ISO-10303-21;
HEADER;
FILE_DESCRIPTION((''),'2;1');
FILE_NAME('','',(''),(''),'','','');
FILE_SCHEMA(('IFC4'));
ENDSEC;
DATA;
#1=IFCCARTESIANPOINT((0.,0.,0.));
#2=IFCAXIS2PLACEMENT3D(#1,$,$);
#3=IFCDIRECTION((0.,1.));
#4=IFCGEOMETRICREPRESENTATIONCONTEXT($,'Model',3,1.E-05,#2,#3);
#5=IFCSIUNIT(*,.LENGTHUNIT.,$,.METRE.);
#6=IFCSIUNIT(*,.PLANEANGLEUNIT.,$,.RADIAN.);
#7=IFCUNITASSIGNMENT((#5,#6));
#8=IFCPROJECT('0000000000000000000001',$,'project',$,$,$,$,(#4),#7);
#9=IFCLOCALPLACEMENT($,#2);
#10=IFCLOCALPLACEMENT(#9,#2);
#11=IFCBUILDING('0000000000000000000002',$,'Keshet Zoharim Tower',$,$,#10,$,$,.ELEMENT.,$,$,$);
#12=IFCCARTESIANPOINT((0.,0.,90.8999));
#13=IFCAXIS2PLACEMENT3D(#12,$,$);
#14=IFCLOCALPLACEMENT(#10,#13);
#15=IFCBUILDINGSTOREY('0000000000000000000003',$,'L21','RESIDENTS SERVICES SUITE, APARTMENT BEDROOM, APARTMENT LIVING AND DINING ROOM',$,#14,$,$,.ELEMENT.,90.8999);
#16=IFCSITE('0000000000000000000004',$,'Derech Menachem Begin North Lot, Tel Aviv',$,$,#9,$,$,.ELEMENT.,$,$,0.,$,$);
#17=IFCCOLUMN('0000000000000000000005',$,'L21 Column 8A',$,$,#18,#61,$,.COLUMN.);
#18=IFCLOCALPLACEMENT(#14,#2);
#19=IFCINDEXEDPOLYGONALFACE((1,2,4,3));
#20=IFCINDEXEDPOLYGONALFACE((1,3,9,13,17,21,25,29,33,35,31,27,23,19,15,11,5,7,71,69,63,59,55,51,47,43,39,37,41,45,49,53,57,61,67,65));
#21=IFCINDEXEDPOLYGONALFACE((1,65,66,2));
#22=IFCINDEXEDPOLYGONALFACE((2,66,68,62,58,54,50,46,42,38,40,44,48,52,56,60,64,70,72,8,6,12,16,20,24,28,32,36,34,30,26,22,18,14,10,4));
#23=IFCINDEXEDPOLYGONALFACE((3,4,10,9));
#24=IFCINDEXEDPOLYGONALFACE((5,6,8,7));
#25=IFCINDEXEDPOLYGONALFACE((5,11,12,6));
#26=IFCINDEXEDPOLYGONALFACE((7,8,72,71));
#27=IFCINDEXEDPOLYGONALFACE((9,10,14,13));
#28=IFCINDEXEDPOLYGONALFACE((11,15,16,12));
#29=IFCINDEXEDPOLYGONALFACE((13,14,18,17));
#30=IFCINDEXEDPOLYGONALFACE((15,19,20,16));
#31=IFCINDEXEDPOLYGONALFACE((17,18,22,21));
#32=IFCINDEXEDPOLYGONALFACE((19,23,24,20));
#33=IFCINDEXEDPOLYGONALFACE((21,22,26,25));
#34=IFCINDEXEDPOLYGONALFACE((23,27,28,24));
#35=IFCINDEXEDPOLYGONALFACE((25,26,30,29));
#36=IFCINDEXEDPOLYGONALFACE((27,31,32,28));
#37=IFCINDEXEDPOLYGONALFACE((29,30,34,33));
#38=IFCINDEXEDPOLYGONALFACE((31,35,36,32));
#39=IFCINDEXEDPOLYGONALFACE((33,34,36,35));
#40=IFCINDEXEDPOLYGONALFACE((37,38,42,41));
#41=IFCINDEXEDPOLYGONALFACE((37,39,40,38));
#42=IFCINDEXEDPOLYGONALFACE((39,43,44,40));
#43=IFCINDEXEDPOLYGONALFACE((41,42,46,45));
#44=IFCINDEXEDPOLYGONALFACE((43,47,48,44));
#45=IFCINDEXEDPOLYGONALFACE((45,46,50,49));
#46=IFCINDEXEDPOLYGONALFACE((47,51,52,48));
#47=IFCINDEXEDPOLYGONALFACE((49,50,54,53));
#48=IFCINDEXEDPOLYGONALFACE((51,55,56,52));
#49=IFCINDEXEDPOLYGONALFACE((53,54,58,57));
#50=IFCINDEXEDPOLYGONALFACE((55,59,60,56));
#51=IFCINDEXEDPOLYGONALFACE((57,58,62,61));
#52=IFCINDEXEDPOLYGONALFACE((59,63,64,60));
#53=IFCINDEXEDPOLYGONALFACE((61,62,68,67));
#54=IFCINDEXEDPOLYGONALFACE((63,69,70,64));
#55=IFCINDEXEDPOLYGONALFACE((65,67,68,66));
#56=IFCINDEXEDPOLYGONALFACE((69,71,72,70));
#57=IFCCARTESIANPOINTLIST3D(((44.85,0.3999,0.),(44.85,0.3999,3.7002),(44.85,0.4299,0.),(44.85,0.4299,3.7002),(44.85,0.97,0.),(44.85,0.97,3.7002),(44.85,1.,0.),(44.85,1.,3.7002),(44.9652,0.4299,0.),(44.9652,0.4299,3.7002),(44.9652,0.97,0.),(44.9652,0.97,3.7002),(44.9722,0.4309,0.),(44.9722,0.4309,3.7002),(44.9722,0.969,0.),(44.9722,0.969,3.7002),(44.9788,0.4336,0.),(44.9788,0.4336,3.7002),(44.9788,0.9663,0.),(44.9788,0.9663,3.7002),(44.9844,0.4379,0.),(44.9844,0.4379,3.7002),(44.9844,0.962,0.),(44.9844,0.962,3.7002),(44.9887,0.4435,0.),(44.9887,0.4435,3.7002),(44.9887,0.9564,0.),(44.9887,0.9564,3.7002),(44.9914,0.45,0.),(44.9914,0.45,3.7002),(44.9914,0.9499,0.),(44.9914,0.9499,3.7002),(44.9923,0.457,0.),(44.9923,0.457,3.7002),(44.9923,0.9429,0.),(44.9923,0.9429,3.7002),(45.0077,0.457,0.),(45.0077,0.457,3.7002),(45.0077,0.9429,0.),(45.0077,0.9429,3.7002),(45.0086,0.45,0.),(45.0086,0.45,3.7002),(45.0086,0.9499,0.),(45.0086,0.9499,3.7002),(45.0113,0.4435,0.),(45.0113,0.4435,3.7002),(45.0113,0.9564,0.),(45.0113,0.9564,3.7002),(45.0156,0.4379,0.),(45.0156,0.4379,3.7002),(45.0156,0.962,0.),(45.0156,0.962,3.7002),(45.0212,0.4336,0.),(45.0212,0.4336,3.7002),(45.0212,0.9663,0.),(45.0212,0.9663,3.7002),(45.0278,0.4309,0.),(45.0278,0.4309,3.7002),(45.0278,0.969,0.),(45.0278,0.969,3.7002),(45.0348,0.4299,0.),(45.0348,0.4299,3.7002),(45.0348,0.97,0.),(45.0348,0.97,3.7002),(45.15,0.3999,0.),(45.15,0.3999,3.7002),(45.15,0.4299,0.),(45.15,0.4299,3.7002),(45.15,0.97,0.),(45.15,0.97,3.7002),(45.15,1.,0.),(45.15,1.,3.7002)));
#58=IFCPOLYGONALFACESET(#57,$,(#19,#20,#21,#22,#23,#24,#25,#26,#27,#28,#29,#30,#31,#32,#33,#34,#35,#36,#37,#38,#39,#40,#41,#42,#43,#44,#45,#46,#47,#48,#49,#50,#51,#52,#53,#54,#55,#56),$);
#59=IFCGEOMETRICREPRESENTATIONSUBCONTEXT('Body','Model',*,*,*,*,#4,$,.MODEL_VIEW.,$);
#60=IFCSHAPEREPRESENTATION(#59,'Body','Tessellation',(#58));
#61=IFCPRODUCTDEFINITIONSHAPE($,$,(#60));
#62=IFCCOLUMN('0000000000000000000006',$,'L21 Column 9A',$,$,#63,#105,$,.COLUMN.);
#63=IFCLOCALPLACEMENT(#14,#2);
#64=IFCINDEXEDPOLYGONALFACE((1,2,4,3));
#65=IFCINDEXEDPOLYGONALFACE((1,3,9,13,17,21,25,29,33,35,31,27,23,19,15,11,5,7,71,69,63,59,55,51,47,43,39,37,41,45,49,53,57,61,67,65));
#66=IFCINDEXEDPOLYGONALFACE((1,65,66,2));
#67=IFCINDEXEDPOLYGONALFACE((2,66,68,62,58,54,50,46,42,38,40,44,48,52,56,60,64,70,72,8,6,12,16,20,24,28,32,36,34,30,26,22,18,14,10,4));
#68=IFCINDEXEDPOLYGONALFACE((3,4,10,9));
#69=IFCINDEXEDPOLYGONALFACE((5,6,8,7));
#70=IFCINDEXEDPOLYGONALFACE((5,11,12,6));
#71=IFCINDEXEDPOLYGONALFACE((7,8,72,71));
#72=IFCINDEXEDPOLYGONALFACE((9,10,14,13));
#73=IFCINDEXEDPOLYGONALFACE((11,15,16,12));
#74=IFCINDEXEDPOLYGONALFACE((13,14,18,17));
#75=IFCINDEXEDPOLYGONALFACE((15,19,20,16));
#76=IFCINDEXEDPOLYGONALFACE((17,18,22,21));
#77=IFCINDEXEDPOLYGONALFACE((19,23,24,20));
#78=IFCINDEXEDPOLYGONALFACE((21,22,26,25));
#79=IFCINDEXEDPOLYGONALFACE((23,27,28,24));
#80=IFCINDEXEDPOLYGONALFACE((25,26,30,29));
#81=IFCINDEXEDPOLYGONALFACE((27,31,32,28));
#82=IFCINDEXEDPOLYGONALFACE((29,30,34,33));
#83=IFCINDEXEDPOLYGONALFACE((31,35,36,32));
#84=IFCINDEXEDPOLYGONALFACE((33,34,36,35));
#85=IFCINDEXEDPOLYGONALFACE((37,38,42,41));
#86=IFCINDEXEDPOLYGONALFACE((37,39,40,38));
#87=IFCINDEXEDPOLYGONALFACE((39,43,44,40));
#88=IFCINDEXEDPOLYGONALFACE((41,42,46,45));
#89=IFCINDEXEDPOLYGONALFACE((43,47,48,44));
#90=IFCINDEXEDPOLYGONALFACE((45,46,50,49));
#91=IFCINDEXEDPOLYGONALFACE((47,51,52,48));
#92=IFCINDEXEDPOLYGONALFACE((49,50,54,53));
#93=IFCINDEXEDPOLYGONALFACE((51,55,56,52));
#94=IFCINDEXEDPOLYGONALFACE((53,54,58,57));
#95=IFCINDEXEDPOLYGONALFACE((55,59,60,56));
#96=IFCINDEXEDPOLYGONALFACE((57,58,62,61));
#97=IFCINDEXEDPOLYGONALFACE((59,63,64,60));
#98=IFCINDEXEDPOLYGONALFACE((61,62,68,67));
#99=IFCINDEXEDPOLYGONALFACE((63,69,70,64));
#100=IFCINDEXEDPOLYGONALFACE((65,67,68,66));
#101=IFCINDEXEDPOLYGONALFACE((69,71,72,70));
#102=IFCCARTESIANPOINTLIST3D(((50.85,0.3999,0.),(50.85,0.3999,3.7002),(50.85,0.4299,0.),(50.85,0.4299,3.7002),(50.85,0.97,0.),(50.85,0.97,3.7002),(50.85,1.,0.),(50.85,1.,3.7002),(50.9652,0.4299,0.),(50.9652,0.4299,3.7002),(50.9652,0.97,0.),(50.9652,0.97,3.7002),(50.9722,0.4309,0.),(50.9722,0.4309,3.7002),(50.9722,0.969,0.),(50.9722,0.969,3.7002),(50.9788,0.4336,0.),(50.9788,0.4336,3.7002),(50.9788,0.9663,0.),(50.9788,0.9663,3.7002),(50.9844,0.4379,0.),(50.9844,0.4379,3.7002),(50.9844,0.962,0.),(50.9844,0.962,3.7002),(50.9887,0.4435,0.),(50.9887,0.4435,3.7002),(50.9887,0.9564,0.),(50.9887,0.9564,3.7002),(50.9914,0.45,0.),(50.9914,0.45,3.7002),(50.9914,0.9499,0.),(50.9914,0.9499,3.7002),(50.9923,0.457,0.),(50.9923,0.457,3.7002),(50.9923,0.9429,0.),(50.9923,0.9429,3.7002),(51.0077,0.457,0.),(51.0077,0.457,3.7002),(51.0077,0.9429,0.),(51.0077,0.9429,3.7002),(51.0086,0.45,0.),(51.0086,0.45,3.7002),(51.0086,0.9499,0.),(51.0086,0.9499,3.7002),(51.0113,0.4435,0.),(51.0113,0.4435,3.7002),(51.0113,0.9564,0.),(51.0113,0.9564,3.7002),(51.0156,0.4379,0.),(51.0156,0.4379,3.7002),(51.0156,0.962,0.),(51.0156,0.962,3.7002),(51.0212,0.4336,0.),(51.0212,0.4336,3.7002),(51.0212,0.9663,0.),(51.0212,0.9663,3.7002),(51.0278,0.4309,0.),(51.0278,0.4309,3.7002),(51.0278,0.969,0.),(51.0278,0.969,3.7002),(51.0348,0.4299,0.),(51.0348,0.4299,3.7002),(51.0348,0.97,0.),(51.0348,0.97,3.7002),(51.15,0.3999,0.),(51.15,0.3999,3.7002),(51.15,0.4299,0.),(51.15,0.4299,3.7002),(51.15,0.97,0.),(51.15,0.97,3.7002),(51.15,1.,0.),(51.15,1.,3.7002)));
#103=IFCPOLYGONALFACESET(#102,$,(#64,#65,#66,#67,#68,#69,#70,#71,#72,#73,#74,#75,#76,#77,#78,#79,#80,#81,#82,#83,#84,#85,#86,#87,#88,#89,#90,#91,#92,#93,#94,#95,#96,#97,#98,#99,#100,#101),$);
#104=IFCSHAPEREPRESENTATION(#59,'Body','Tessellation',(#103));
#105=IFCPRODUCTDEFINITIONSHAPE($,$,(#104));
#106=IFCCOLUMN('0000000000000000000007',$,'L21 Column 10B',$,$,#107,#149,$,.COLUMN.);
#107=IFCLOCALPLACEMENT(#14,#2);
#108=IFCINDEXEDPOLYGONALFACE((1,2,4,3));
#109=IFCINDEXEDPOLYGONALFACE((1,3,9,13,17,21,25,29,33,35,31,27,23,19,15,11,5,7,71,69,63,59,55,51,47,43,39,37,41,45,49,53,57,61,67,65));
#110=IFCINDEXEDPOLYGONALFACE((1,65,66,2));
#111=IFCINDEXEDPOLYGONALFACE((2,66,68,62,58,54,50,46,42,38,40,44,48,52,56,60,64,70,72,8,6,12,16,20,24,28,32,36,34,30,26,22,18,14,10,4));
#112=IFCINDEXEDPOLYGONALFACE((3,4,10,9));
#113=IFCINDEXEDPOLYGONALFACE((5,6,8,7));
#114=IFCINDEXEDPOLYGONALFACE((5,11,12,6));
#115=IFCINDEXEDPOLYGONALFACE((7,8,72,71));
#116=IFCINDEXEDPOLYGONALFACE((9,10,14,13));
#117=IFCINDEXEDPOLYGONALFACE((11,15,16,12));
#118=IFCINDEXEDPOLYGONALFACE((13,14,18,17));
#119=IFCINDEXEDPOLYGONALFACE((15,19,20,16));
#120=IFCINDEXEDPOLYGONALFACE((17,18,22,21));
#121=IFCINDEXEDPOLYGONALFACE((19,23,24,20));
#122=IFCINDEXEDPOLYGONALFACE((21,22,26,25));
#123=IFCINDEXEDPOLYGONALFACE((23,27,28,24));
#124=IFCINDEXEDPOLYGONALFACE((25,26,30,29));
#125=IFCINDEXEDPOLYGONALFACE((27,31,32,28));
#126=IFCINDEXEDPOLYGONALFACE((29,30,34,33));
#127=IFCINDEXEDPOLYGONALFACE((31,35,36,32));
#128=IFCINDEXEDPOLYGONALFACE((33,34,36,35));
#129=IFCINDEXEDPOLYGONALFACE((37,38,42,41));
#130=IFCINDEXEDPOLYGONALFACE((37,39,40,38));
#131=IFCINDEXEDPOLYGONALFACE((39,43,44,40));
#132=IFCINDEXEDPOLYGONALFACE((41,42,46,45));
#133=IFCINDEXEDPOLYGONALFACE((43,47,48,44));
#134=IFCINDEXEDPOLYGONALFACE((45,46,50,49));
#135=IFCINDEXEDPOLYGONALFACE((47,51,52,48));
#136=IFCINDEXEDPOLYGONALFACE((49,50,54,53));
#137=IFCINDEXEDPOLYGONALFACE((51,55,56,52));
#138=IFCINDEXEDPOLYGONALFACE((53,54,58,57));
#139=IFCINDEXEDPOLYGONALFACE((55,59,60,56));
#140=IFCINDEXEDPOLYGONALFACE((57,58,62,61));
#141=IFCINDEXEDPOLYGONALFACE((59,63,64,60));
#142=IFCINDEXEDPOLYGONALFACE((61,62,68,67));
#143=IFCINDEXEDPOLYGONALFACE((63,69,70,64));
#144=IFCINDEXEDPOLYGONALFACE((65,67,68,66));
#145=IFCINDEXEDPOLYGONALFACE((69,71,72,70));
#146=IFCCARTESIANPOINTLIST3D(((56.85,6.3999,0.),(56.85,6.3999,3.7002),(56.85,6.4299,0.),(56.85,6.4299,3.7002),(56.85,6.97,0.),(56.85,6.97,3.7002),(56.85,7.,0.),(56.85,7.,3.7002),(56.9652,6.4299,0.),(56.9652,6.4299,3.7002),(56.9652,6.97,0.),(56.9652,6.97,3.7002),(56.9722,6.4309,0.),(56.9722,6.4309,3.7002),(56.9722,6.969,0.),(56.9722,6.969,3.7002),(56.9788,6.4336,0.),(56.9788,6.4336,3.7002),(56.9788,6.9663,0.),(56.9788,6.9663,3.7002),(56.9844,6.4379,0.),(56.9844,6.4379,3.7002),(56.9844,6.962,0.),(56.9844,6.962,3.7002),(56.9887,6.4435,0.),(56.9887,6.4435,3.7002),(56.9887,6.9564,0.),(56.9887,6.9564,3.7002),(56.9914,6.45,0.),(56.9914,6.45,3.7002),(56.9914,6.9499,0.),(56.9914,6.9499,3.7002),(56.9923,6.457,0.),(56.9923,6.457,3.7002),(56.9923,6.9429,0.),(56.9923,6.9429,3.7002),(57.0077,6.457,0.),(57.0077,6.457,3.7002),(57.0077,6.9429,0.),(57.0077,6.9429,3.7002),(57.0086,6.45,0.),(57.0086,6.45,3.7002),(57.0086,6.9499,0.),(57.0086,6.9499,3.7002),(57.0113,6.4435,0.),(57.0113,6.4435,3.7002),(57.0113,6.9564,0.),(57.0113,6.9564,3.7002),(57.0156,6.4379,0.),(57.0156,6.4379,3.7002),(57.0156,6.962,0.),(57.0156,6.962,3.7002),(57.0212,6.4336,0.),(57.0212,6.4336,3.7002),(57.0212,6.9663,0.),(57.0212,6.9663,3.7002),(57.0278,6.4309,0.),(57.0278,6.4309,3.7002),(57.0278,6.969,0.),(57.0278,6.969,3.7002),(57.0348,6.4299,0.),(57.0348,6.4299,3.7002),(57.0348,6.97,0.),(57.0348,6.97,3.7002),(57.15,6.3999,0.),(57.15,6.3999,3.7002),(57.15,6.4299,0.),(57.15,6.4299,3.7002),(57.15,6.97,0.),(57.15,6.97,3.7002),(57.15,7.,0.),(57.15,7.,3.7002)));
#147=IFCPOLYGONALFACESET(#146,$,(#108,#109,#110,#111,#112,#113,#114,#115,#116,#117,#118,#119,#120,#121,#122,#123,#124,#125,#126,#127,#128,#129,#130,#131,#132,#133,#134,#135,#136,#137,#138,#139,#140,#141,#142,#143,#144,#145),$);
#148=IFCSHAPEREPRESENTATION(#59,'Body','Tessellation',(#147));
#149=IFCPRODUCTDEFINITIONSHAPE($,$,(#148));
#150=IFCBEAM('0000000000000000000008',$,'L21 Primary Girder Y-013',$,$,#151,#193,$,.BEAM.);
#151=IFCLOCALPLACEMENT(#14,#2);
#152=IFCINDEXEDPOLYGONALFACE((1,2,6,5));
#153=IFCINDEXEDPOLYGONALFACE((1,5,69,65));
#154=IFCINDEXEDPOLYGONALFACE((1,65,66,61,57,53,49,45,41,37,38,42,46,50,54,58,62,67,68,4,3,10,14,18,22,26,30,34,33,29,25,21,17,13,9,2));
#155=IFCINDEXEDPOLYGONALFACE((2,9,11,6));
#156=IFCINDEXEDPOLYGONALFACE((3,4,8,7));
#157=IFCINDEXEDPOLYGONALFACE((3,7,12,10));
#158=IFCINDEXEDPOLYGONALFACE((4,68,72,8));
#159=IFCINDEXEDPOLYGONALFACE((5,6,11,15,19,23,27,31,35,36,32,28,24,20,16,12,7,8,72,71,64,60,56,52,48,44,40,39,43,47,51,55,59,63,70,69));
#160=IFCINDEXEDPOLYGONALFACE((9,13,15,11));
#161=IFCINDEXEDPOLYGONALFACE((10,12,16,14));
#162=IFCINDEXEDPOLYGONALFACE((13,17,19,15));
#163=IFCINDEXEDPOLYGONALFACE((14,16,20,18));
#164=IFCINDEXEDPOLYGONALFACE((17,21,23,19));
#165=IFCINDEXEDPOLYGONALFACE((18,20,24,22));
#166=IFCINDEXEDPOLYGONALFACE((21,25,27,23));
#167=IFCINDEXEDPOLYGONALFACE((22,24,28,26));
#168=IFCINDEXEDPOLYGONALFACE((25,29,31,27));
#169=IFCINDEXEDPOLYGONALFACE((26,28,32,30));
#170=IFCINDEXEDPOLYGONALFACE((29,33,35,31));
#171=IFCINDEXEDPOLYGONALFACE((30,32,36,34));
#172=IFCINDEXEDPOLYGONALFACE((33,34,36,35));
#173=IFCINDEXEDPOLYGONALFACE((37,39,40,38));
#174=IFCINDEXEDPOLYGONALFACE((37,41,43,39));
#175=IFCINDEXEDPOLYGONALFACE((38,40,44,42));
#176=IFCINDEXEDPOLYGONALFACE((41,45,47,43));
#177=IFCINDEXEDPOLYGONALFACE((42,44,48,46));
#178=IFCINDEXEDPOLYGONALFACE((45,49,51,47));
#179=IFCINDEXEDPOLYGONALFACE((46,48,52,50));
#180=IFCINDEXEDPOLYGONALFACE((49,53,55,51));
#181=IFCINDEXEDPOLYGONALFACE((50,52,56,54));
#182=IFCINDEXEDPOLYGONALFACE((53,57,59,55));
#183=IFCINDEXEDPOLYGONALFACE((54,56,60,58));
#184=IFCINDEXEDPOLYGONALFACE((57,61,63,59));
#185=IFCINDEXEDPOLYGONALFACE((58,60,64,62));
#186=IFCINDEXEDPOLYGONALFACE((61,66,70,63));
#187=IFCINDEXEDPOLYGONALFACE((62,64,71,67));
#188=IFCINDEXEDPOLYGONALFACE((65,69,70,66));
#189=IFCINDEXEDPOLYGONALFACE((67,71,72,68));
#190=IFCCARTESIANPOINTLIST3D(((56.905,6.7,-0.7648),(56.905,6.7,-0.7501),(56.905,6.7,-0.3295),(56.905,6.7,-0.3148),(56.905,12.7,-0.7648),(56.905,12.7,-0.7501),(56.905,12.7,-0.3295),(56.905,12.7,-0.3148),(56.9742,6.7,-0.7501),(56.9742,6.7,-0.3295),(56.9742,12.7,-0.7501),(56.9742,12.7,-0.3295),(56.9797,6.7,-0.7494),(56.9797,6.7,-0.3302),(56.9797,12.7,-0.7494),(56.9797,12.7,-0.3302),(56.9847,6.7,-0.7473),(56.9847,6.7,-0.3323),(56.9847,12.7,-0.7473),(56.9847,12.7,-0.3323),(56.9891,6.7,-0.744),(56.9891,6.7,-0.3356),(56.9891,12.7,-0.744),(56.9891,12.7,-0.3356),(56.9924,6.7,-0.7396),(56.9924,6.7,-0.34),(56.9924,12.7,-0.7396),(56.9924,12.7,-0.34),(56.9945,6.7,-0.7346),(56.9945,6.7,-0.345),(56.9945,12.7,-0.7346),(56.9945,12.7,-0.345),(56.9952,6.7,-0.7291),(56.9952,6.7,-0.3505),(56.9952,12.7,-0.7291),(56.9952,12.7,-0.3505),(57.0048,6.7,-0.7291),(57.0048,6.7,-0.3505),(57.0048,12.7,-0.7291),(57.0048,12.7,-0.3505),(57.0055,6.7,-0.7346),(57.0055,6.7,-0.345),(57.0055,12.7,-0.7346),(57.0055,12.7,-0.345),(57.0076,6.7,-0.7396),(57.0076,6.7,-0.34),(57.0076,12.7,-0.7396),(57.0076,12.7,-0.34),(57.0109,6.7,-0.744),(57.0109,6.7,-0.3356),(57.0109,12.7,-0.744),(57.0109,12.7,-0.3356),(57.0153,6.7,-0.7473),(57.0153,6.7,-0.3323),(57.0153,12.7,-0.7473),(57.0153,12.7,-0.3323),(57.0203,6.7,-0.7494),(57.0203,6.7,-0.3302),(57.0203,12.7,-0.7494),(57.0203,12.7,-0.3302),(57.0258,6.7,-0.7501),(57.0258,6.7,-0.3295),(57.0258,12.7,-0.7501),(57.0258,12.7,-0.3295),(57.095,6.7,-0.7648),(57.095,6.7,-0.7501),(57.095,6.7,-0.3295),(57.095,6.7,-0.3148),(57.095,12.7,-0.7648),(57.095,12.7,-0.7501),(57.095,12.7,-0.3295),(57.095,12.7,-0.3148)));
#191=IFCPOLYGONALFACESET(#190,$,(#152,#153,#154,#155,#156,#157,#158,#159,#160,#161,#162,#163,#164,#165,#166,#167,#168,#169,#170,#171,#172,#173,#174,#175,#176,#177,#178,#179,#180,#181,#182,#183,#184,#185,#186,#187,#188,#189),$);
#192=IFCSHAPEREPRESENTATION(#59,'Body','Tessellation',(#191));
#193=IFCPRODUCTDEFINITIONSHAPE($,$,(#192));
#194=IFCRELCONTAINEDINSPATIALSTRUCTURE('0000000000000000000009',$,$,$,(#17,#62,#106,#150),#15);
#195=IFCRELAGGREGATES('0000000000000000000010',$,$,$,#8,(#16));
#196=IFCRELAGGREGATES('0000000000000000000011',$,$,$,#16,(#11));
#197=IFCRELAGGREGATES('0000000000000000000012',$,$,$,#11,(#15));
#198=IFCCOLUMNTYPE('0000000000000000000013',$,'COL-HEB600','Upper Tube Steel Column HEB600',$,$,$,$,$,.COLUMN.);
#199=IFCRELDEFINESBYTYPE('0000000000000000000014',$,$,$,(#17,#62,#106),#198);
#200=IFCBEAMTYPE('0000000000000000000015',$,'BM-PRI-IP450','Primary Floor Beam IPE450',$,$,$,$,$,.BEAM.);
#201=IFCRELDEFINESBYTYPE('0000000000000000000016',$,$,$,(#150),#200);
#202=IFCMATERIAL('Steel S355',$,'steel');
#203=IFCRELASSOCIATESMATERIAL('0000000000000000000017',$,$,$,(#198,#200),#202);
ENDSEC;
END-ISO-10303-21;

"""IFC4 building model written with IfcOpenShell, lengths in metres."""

from ifc_helpers import new_model, si_unit, direction, frame, origin, origin_2d, place, context, subcontext, project, spatial, i_section, extrude, material, material_profile, profile_set, type_object, element, save


model = new_model("IFC4")

# Units and contexts
model_context = context("Model", 3, precision=1e-05, world=origin(), true_north=direction((0.0, 1.0)))
body_context = subcontext(model_context, "Body", "Model", "MODEL_VIEW")
ifc_project = project(units=[si_unit("LENGTHUNIT", "METRE"), si_unit("PLANEANGLEUNIT", "RADIAN")], contexts=[model_context])

# Site, building, storey
site_placement = place(None, origin())
site = spatial("IfcSite", under=ifc_project, at=site_placement, Name="Derech Menachem Begin North Lot, Tel Aviv", CompositionType="ELEMENT", RefElevation=0.0)
building_placement = place(site_placement, origin())
building = spatial("IfcBuilding", under=site, at=building_placement, Name="Keshet Zoharim Tower", CompositionType="ELEMENT")
storey_placement = place(building_placement, frame((0.0, 0.0, 90.8999)))
storey = spatial("IfcBuildingStorey", under=building, at=storey_placement, Name="L21", Description="RESIDENTS SERVICES SUITE, APARTMENT BEDROOM, APARTMENT LIVING AND DINING ROOM", CompositionType="ELEMENT", Elevation=90.8999)

# Columns
ifc_material_1 = material(Name="Steel S355", Category="steel")
ifc_material_profile_1 = material_profile(ifc_material_1, i_section(OverallWidth=0.3, OverallDepth=0.6001, WebThickness=0.0154, FlangeThickness=0.03, FilletRadius=0.0271, at=origin_2d()), Name="HEB600")
ifc_profile_set_1 = profile_set([ifc_material_profile_1], Name="Steel S355")
column_type = type_object("IfcColumnType", Name="COL-HEB600", Description="Upper Tube Steel Column HEB600", PredefinedType="COLUMN", material=ifc_profile_set_1)
for number, where, z_axis, x_axis, name in (
    (1, (45.0, 0.7, 0.0), (0.0, 0.0, 1.0), (1.0, 0.0, 0.0), "L21 Column 8A"),
    (2, (51.0, 0.7, 0.0), (0.0, 0.0, 1.0), (1.0, 0.0, 0.0), "L21 Column 9A"),
    (3, (57.0, 6.7, 0.0), (0.0, 0.0, 1.0), (1.0, 0.0, 0.0), "L21 Column 10B"),
):
    element("IfcColumn", number, at=place(storey_placement, frame(where, z_axis=z_axis, x_axis=x_axis)), inside=storey, type_object=column_type, Name=name, PredefinedType="COLUMN", context=body_context, shape_type="SweptSolid", body=[
        extrude(i_section(OverallWidth=0.3, OverallDepth=0.6001, WebThickness=0.0154, FlangeThickness=0.03, FilletRadius=0.0271, at=origin_2d()), origin(), (0.0, 0.0, 1.0), 3.7002),
    ])

# Beam
ifc_material_profile_2 = material_profile(ifc_material_1, i_section(OverallWidth=0.1899, OverallDepth=0.45, WebThickness=0.0095, FlangeThickness=0.0146, FilletRadius=0.021, at=origin_2d()), Name="IPE450")
ifc_profile_set_2 = profile_set([ifc_material_profile_2], Name="Steel S355")
beam_type_1 = type_object("IfcBeamType", Name="BM-PRI-IP450", Description="Primary Floor Beam IPE450", PredefinedType="BEAM", material=ifc_profile_set_2)
beam_1_placement = place(storey_placement, frame((57.0, 6.7, -0.5398), z_axis=(0.0, 1.0, 0.0), x_axis=(-1.0, 0.0, 0.0)))
element("IfcBeam", 4, at=beam_1_placement, inside=storey, type_object=beam_type_1, Name="L21 Primary Girder Y-013", PredefinedType="BEAM", context=body_context, shape_type="SweptSolid", body=[
    extrude(i_section(OverallWidth=0.1899, OverallDepth=0.45, WebThickness=0.0095, FlangeThickness=0.0146, FilletRadius=0.021, at=origin_2d()), origin(), (0.0, 0.0, 1.0), 6.0),
])

save(model, "model.ifc")
